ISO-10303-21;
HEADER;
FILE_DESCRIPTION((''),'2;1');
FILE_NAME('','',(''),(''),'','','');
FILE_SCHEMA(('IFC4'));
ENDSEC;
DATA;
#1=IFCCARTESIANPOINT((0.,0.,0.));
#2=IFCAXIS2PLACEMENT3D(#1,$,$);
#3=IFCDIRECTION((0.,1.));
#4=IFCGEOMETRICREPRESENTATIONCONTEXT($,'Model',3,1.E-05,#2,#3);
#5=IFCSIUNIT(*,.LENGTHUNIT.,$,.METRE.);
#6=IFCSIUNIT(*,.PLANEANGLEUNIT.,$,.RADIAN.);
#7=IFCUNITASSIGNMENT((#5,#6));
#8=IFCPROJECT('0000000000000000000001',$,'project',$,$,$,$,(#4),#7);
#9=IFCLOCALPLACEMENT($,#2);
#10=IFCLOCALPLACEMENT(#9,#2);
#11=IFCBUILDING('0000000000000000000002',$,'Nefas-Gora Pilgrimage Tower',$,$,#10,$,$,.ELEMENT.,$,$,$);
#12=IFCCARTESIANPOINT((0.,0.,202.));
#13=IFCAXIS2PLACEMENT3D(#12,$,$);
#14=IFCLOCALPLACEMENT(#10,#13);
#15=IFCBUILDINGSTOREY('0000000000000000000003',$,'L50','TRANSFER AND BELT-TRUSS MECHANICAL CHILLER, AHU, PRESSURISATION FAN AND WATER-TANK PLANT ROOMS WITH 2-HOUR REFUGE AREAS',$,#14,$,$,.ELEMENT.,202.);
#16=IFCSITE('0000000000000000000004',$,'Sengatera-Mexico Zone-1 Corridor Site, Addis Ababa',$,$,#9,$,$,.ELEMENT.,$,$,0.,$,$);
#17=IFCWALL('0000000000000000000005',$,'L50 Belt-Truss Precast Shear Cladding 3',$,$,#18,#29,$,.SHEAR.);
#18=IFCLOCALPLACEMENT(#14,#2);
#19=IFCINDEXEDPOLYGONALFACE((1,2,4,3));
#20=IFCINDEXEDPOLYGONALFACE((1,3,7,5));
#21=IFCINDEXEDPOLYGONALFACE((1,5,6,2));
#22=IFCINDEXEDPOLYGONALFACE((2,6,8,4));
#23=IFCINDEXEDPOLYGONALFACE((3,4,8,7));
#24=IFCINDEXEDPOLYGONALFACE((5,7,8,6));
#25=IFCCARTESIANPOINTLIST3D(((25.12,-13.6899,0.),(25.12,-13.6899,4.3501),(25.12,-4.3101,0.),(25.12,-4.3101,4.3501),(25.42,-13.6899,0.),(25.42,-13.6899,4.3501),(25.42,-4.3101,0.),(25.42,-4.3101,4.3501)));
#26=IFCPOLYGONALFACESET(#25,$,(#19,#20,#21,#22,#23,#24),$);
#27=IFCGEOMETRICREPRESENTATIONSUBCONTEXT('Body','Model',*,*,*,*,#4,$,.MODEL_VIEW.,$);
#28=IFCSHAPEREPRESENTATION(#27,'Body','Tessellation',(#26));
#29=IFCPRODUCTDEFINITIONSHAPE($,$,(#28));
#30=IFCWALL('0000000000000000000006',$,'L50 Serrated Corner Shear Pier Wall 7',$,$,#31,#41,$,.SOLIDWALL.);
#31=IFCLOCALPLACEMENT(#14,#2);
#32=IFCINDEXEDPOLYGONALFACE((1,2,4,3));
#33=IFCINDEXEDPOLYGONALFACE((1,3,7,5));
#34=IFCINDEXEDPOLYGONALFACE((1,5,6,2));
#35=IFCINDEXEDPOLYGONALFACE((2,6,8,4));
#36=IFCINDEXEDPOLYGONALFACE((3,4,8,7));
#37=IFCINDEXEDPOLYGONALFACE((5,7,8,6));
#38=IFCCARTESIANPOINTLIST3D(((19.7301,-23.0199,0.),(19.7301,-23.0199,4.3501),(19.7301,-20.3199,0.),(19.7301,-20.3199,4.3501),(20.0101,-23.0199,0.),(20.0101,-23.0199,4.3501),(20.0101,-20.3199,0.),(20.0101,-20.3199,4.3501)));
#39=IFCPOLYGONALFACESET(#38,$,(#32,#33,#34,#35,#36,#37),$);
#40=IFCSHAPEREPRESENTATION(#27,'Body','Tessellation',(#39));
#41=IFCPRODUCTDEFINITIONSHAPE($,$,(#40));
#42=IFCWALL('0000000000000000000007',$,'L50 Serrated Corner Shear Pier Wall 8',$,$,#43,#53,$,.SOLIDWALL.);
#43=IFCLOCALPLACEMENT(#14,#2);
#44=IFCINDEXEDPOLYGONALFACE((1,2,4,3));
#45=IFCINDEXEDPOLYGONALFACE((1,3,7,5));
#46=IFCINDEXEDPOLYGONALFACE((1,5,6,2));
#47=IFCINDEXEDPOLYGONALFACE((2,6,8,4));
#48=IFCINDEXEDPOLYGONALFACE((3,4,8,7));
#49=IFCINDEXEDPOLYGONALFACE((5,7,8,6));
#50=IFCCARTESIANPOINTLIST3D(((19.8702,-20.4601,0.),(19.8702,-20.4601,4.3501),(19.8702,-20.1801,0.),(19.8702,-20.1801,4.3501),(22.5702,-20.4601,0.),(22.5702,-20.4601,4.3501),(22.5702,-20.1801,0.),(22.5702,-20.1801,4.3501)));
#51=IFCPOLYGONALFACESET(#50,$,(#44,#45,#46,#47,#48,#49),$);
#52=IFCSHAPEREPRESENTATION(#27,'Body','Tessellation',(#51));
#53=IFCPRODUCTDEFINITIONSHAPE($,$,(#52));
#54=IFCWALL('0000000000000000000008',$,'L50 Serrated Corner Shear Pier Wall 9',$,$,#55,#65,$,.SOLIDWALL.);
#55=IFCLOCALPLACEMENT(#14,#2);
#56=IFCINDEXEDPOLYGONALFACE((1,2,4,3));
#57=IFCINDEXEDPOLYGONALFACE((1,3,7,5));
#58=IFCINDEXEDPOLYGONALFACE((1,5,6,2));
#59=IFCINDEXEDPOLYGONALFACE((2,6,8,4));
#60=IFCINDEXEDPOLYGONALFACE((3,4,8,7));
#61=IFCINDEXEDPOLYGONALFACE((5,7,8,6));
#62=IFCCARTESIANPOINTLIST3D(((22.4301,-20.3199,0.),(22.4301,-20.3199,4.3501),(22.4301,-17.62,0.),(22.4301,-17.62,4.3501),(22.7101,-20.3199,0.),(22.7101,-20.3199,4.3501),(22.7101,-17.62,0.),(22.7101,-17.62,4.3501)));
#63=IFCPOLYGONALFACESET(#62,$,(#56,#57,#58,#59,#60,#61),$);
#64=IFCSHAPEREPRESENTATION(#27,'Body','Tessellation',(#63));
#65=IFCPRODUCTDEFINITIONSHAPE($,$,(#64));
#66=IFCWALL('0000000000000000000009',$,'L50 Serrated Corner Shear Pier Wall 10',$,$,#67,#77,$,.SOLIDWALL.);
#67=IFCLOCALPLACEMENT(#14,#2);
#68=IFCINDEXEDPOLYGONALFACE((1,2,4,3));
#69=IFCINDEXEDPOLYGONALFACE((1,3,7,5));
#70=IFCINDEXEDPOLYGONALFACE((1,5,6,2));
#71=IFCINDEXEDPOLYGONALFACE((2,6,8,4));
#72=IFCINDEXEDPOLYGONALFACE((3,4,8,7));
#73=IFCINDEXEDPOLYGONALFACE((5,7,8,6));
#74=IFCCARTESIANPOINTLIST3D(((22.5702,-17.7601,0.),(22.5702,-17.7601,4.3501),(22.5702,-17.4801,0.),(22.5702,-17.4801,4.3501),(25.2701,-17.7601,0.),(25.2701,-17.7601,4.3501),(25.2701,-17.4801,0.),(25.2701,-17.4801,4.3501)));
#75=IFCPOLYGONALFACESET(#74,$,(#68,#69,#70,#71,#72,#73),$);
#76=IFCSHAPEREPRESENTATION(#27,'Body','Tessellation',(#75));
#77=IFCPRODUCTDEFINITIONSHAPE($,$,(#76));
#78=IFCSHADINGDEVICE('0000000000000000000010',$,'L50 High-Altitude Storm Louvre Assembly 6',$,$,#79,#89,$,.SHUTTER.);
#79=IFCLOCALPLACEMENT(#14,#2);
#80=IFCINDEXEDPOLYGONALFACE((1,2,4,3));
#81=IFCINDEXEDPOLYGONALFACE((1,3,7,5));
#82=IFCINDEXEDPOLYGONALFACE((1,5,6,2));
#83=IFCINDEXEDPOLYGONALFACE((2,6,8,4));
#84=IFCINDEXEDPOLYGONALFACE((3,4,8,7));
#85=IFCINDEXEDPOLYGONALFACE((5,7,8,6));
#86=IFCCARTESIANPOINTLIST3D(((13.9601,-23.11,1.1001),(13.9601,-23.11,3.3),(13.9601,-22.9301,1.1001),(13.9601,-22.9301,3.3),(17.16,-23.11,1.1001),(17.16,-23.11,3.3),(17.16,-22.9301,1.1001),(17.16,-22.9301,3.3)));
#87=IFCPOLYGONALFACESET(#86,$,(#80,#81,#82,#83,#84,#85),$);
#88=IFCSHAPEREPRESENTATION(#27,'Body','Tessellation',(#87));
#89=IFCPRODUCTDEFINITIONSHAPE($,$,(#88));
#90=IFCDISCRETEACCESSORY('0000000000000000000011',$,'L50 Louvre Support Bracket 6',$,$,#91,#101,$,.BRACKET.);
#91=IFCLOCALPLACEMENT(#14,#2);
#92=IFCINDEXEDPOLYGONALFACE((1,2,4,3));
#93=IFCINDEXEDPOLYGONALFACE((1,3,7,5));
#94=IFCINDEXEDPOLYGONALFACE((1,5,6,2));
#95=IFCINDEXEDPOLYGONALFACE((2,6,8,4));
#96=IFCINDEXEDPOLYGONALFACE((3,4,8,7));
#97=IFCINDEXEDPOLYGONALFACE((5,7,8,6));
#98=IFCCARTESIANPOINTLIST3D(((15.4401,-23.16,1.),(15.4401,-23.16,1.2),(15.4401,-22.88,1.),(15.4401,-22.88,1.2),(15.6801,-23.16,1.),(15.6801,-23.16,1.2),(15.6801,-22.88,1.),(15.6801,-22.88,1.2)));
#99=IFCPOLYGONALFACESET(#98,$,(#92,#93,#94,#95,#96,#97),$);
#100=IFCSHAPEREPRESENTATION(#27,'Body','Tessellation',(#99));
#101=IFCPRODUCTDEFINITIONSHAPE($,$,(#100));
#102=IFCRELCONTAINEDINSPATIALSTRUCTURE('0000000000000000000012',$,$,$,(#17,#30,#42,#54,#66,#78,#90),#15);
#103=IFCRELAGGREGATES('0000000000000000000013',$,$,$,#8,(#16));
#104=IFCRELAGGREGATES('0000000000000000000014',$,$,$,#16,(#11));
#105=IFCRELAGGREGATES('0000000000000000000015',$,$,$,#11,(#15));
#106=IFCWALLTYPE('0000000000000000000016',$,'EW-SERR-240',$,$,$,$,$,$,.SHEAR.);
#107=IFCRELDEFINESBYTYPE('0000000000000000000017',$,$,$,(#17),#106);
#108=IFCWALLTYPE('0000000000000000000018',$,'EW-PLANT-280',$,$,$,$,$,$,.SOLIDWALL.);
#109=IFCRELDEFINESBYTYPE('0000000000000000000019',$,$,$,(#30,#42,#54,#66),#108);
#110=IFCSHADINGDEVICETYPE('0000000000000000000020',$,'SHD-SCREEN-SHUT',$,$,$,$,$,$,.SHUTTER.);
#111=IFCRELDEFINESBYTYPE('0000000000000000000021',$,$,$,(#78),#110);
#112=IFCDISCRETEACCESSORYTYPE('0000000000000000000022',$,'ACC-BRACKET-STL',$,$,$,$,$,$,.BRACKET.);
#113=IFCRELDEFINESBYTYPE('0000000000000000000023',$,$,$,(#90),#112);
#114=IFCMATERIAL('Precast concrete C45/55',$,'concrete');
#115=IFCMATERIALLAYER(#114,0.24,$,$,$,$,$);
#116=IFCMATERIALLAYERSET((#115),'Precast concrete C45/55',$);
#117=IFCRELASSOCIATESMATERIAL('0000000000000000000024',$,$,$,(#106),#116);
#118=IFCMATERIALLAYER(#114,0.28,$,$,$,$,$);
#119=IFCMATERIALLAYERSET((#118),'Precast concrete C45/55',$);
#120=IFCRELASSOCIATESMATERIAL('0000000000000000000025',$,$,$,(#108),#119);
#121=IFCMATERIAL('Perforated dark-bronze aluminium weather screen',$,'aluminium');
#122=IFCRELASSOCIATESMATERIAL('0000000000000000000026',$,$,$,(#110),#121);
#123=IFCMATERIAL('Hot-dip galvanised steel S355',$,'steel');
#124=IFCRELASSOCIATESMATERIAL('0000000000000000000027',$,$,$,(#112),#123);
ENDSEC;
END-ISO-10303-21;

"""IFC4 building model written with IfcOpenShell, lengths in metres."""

from ifc_helpers import new_model, si_unit, direction, frame, frame_2d, origin, origin_2d, place, context, subcontext, project, spatial, rectangle, extrude, source, transform, mapped, material, layer, layer_set, type_object, element, save


model = new_model("IFC4")

# Units and contexts
model_context = context("Model", 3, precision=1e-05, world=origin(), true_north=direction((0.0, 1.0)))
body_context = subcontext(model_context, "Body", "Model", "MODEL_VIEW")
ifc_project = project(units=[si_unit("LENGTHUNIT", "METRE"), si_unit("PLANEANGLEUNIT", "RADIAN")], contexts=[model_context])

# Site, building, storey
site_placement = place(None, origin())
site = spatial("IfcSite", under=ifc_project, at=site_placement, Name="Sengatera-Mexico Zone-1 Corridor Site, Addis Ababa", CompositionType="ELEMENT", RefElevation=0.0)
building_placement = place(site_placement, origin())
building = spatial("IfcBuilding", under=site, at=building_placement, Name="Nefas-Gora Pilgrimage Tower", CompositionType="ELEMENT")
storey_placement = place(building_placement, frame((0.0, 0.0, 202.0)))
storey = spatial("IfcBuildingStorey", under=building, at=storey_placement, Name="L50", Description="TRANSFER AND BELT-TRUSS MECHANICAL CHILLER, AHU, PRESSURISATION FAN AND WATER-TANK PLANT ROOMS WITH 2-HOUR REFUGE AREAS", CompositionType="ELEMENT", Elevation=202.0)

# Walls
ifc_material_1 = material(Name="Precast concrete C45/55", Category="concrete")
ifc_layer_1 = layer(ifc_material_1, 0.24)
ifc_layer_set_1 = layer_set([ifc_layer_1], Name="Precast concrete C45/55")
wall_type_1 = type_object("IfcWallType", Name="EW-SERR-240", PredefinedType="SHEAR", material=ifc_layer_set_1)
shared_shape_1 = source(origin(), body_context, "Body", "SweptSolid", [
    extrude(rectangle(XDim=9.3799, YDim=0.3, at=frame_2d((4.6899, 0.0))), origin(), (0.0, 0.0, 1.0), 4.3501),
])
wall_placement = place(storey_placement, frame((25.27, -13.6899, 0.0), z_axis=(0.0, 0.0, 1.0), x_axis=(0.0, 1.0, 0.0)))
element("IfcWall", 1, at=wall_placement, inside=storey, type_object=wall_type_1, Name="L50 Belt-Truss Precast Shear Cladding 3", PredefinedType="SHEAR", context=body_context, shape_type="MappedRepresentation", body=[
    mapped(shared_shape_1, transform((0.0, 0.0, 0.0), x_axis=(1.0, 0.0, 0.0), y_axis=(0.0, 1.0, 0.0), z_axis=(0.0, 0.0, 1.0), scale=1.0)),
])
ifc_layer_2 = layer(ifc_material_1, 0.28)
ifc_layer_set_2 = layer_set([ifc_layer_2], Name="Precast concrete C45/55")
wall_type_2 = type_object("IfcWallType", Name="EW-PLANT-280", PredefinedType="SOLIDWALL", material=ifc_layer_set_2)
shared_shape_2 = source(origin(), body_context, "Body", "SweptSolid", [
    extrude(rectangle(XDim=2.7, YDim=0.28, at=frame_2d((1.3501, 0.0))), origin(), (0.0, 0.0, 1.0), 4.3501),
])
for number, where, z_axis, x_axis, name in (
    (2, (19.8701, -23.02, 0.0), (0.0, 0.0, 1.0), (0.0, 1.0, 0.0), "L50 Serrated Corner Shear Pier Wall 7"),
    (3, (19.8701, -20.3201, 0.0), (0.0, 0.0, 1.0), (1.0, 0.0, 0.0), "L50 Serrated Corner Shear Pier Wall 8"),
    (4, (22.5701, -20.3201, 0.0), (0.0, 0.0, 1.0), (0.0, 1.0, 0.0), "L50 Serrated Corner Shear Pier Wall 9"),
    (5, (22.5701, -17.6201, 0.0), (0.0, 0.0, 1.0), (1.0, 0.0, 0.0), "L50 Serrated Corner Shear Pier Wall 10"),
):
    element("IfcWall", number, at=place(storey_placement, frame(where, z_axis=z_axis, x_axis=x_axis)), inside=storey, type_object=wall_type_2, Name=name, PredefinedType="SOLIDWALL", context=body_context, shape_type="MappedRepresentation", body=[
        mapped(shared_shape_2, transform((0.0, 0.0, 0.0), x_axis=(1.0, 0.0, 0.0), y_axis=(0.0, 1.0, 0.0), z_axis=(0.0, 0.0, 1.0), scale=1.0)),
    ])

# Shading device
ifc_material_2 = material(Name="Perforated dark-bronze aluminium weather screen", Category="aluminium")
shading_device_type = type_object("IfcShadingDeviceType", Name="SHD-SCREEN-SHUT", PredefinedType="SHUTTER", material=ifc_material_2)
shared_shape_3 = source(origin(), body_context, "Body", "SweptSolid", [
    extrude(rectangle(XDim=3.2, YDim=0.1799, at=origin_2d()), origin(), (0.0, 0.0, 1.0), 2.2),
])
shading_device_placement = place(storey_placement, frame((15.5601, -23.02, 1.1001), z_axis=(0.0, 0.0, 1.0), x_axis=(1.0, 0.0, 0.0)))
element("IfcShadingDevice", 6, at=shading_device_placement, inside=storey, type_object=shading_device_type, Name="L50 High-Altitude Storm Louvre Assembly 6", PredefinedType="SHUTTER", context=body_context, shape_type="MappedRepresentation", body=[
    mapped(shared_shape_3, transform((0.0, 0.0, 0.0), x_axis=(1.0, 0.0, 0.0), y_axis=(0.0, 1.0, 0.0), z_axis=(0.0, 0.0, 1.0), scale=1.0)),
])

# Discrete accessory
ifc_material_3 = material(Name="Hot-dip galvanised steel S355", Category="steel")
discrete_accessory_type = type_object("IfcDiscreteAccessoryType", Name="ACC-BRACKET-STL", PredefinedType="BRACKET", material=ifc_material_3)
shared_shape_4 = source(origin(), body_context, "Body", "SweptSolid", [
    extrude(rectangle(XDim=0.24, YDim=0.28, at=origin_2d()), origin(), (0.0, 0.0, 1.0), 0.2),
])
discrete_accessory_placement = place(storey_placement, frame((15.5601, -23.02, 1.0), z_axis=(0.0, 0.0, 1.0), x_axis=(1.0, 0.0, 0.0)))
element("IfcDiscreteAccessory", 7, at=discrete_accessory_placement, inside=storey, type_object=discrete_accessory_type, Name="L50 Louvre Support Bracket 6", PredefinedType="BRACKET", context=body_context, shape_type="MappedRepresentation", body=[
    mapped(shared_shape_4, transform((0.0, 0.0, 0.0), x_axis=(1.0, 0.0, 0.0), y_axis=(0.0, 1.0, 0.0), z_axis=(0.0, 0.0, 1.0), scale=1.0)),
])

save(model, "model.ifc")
